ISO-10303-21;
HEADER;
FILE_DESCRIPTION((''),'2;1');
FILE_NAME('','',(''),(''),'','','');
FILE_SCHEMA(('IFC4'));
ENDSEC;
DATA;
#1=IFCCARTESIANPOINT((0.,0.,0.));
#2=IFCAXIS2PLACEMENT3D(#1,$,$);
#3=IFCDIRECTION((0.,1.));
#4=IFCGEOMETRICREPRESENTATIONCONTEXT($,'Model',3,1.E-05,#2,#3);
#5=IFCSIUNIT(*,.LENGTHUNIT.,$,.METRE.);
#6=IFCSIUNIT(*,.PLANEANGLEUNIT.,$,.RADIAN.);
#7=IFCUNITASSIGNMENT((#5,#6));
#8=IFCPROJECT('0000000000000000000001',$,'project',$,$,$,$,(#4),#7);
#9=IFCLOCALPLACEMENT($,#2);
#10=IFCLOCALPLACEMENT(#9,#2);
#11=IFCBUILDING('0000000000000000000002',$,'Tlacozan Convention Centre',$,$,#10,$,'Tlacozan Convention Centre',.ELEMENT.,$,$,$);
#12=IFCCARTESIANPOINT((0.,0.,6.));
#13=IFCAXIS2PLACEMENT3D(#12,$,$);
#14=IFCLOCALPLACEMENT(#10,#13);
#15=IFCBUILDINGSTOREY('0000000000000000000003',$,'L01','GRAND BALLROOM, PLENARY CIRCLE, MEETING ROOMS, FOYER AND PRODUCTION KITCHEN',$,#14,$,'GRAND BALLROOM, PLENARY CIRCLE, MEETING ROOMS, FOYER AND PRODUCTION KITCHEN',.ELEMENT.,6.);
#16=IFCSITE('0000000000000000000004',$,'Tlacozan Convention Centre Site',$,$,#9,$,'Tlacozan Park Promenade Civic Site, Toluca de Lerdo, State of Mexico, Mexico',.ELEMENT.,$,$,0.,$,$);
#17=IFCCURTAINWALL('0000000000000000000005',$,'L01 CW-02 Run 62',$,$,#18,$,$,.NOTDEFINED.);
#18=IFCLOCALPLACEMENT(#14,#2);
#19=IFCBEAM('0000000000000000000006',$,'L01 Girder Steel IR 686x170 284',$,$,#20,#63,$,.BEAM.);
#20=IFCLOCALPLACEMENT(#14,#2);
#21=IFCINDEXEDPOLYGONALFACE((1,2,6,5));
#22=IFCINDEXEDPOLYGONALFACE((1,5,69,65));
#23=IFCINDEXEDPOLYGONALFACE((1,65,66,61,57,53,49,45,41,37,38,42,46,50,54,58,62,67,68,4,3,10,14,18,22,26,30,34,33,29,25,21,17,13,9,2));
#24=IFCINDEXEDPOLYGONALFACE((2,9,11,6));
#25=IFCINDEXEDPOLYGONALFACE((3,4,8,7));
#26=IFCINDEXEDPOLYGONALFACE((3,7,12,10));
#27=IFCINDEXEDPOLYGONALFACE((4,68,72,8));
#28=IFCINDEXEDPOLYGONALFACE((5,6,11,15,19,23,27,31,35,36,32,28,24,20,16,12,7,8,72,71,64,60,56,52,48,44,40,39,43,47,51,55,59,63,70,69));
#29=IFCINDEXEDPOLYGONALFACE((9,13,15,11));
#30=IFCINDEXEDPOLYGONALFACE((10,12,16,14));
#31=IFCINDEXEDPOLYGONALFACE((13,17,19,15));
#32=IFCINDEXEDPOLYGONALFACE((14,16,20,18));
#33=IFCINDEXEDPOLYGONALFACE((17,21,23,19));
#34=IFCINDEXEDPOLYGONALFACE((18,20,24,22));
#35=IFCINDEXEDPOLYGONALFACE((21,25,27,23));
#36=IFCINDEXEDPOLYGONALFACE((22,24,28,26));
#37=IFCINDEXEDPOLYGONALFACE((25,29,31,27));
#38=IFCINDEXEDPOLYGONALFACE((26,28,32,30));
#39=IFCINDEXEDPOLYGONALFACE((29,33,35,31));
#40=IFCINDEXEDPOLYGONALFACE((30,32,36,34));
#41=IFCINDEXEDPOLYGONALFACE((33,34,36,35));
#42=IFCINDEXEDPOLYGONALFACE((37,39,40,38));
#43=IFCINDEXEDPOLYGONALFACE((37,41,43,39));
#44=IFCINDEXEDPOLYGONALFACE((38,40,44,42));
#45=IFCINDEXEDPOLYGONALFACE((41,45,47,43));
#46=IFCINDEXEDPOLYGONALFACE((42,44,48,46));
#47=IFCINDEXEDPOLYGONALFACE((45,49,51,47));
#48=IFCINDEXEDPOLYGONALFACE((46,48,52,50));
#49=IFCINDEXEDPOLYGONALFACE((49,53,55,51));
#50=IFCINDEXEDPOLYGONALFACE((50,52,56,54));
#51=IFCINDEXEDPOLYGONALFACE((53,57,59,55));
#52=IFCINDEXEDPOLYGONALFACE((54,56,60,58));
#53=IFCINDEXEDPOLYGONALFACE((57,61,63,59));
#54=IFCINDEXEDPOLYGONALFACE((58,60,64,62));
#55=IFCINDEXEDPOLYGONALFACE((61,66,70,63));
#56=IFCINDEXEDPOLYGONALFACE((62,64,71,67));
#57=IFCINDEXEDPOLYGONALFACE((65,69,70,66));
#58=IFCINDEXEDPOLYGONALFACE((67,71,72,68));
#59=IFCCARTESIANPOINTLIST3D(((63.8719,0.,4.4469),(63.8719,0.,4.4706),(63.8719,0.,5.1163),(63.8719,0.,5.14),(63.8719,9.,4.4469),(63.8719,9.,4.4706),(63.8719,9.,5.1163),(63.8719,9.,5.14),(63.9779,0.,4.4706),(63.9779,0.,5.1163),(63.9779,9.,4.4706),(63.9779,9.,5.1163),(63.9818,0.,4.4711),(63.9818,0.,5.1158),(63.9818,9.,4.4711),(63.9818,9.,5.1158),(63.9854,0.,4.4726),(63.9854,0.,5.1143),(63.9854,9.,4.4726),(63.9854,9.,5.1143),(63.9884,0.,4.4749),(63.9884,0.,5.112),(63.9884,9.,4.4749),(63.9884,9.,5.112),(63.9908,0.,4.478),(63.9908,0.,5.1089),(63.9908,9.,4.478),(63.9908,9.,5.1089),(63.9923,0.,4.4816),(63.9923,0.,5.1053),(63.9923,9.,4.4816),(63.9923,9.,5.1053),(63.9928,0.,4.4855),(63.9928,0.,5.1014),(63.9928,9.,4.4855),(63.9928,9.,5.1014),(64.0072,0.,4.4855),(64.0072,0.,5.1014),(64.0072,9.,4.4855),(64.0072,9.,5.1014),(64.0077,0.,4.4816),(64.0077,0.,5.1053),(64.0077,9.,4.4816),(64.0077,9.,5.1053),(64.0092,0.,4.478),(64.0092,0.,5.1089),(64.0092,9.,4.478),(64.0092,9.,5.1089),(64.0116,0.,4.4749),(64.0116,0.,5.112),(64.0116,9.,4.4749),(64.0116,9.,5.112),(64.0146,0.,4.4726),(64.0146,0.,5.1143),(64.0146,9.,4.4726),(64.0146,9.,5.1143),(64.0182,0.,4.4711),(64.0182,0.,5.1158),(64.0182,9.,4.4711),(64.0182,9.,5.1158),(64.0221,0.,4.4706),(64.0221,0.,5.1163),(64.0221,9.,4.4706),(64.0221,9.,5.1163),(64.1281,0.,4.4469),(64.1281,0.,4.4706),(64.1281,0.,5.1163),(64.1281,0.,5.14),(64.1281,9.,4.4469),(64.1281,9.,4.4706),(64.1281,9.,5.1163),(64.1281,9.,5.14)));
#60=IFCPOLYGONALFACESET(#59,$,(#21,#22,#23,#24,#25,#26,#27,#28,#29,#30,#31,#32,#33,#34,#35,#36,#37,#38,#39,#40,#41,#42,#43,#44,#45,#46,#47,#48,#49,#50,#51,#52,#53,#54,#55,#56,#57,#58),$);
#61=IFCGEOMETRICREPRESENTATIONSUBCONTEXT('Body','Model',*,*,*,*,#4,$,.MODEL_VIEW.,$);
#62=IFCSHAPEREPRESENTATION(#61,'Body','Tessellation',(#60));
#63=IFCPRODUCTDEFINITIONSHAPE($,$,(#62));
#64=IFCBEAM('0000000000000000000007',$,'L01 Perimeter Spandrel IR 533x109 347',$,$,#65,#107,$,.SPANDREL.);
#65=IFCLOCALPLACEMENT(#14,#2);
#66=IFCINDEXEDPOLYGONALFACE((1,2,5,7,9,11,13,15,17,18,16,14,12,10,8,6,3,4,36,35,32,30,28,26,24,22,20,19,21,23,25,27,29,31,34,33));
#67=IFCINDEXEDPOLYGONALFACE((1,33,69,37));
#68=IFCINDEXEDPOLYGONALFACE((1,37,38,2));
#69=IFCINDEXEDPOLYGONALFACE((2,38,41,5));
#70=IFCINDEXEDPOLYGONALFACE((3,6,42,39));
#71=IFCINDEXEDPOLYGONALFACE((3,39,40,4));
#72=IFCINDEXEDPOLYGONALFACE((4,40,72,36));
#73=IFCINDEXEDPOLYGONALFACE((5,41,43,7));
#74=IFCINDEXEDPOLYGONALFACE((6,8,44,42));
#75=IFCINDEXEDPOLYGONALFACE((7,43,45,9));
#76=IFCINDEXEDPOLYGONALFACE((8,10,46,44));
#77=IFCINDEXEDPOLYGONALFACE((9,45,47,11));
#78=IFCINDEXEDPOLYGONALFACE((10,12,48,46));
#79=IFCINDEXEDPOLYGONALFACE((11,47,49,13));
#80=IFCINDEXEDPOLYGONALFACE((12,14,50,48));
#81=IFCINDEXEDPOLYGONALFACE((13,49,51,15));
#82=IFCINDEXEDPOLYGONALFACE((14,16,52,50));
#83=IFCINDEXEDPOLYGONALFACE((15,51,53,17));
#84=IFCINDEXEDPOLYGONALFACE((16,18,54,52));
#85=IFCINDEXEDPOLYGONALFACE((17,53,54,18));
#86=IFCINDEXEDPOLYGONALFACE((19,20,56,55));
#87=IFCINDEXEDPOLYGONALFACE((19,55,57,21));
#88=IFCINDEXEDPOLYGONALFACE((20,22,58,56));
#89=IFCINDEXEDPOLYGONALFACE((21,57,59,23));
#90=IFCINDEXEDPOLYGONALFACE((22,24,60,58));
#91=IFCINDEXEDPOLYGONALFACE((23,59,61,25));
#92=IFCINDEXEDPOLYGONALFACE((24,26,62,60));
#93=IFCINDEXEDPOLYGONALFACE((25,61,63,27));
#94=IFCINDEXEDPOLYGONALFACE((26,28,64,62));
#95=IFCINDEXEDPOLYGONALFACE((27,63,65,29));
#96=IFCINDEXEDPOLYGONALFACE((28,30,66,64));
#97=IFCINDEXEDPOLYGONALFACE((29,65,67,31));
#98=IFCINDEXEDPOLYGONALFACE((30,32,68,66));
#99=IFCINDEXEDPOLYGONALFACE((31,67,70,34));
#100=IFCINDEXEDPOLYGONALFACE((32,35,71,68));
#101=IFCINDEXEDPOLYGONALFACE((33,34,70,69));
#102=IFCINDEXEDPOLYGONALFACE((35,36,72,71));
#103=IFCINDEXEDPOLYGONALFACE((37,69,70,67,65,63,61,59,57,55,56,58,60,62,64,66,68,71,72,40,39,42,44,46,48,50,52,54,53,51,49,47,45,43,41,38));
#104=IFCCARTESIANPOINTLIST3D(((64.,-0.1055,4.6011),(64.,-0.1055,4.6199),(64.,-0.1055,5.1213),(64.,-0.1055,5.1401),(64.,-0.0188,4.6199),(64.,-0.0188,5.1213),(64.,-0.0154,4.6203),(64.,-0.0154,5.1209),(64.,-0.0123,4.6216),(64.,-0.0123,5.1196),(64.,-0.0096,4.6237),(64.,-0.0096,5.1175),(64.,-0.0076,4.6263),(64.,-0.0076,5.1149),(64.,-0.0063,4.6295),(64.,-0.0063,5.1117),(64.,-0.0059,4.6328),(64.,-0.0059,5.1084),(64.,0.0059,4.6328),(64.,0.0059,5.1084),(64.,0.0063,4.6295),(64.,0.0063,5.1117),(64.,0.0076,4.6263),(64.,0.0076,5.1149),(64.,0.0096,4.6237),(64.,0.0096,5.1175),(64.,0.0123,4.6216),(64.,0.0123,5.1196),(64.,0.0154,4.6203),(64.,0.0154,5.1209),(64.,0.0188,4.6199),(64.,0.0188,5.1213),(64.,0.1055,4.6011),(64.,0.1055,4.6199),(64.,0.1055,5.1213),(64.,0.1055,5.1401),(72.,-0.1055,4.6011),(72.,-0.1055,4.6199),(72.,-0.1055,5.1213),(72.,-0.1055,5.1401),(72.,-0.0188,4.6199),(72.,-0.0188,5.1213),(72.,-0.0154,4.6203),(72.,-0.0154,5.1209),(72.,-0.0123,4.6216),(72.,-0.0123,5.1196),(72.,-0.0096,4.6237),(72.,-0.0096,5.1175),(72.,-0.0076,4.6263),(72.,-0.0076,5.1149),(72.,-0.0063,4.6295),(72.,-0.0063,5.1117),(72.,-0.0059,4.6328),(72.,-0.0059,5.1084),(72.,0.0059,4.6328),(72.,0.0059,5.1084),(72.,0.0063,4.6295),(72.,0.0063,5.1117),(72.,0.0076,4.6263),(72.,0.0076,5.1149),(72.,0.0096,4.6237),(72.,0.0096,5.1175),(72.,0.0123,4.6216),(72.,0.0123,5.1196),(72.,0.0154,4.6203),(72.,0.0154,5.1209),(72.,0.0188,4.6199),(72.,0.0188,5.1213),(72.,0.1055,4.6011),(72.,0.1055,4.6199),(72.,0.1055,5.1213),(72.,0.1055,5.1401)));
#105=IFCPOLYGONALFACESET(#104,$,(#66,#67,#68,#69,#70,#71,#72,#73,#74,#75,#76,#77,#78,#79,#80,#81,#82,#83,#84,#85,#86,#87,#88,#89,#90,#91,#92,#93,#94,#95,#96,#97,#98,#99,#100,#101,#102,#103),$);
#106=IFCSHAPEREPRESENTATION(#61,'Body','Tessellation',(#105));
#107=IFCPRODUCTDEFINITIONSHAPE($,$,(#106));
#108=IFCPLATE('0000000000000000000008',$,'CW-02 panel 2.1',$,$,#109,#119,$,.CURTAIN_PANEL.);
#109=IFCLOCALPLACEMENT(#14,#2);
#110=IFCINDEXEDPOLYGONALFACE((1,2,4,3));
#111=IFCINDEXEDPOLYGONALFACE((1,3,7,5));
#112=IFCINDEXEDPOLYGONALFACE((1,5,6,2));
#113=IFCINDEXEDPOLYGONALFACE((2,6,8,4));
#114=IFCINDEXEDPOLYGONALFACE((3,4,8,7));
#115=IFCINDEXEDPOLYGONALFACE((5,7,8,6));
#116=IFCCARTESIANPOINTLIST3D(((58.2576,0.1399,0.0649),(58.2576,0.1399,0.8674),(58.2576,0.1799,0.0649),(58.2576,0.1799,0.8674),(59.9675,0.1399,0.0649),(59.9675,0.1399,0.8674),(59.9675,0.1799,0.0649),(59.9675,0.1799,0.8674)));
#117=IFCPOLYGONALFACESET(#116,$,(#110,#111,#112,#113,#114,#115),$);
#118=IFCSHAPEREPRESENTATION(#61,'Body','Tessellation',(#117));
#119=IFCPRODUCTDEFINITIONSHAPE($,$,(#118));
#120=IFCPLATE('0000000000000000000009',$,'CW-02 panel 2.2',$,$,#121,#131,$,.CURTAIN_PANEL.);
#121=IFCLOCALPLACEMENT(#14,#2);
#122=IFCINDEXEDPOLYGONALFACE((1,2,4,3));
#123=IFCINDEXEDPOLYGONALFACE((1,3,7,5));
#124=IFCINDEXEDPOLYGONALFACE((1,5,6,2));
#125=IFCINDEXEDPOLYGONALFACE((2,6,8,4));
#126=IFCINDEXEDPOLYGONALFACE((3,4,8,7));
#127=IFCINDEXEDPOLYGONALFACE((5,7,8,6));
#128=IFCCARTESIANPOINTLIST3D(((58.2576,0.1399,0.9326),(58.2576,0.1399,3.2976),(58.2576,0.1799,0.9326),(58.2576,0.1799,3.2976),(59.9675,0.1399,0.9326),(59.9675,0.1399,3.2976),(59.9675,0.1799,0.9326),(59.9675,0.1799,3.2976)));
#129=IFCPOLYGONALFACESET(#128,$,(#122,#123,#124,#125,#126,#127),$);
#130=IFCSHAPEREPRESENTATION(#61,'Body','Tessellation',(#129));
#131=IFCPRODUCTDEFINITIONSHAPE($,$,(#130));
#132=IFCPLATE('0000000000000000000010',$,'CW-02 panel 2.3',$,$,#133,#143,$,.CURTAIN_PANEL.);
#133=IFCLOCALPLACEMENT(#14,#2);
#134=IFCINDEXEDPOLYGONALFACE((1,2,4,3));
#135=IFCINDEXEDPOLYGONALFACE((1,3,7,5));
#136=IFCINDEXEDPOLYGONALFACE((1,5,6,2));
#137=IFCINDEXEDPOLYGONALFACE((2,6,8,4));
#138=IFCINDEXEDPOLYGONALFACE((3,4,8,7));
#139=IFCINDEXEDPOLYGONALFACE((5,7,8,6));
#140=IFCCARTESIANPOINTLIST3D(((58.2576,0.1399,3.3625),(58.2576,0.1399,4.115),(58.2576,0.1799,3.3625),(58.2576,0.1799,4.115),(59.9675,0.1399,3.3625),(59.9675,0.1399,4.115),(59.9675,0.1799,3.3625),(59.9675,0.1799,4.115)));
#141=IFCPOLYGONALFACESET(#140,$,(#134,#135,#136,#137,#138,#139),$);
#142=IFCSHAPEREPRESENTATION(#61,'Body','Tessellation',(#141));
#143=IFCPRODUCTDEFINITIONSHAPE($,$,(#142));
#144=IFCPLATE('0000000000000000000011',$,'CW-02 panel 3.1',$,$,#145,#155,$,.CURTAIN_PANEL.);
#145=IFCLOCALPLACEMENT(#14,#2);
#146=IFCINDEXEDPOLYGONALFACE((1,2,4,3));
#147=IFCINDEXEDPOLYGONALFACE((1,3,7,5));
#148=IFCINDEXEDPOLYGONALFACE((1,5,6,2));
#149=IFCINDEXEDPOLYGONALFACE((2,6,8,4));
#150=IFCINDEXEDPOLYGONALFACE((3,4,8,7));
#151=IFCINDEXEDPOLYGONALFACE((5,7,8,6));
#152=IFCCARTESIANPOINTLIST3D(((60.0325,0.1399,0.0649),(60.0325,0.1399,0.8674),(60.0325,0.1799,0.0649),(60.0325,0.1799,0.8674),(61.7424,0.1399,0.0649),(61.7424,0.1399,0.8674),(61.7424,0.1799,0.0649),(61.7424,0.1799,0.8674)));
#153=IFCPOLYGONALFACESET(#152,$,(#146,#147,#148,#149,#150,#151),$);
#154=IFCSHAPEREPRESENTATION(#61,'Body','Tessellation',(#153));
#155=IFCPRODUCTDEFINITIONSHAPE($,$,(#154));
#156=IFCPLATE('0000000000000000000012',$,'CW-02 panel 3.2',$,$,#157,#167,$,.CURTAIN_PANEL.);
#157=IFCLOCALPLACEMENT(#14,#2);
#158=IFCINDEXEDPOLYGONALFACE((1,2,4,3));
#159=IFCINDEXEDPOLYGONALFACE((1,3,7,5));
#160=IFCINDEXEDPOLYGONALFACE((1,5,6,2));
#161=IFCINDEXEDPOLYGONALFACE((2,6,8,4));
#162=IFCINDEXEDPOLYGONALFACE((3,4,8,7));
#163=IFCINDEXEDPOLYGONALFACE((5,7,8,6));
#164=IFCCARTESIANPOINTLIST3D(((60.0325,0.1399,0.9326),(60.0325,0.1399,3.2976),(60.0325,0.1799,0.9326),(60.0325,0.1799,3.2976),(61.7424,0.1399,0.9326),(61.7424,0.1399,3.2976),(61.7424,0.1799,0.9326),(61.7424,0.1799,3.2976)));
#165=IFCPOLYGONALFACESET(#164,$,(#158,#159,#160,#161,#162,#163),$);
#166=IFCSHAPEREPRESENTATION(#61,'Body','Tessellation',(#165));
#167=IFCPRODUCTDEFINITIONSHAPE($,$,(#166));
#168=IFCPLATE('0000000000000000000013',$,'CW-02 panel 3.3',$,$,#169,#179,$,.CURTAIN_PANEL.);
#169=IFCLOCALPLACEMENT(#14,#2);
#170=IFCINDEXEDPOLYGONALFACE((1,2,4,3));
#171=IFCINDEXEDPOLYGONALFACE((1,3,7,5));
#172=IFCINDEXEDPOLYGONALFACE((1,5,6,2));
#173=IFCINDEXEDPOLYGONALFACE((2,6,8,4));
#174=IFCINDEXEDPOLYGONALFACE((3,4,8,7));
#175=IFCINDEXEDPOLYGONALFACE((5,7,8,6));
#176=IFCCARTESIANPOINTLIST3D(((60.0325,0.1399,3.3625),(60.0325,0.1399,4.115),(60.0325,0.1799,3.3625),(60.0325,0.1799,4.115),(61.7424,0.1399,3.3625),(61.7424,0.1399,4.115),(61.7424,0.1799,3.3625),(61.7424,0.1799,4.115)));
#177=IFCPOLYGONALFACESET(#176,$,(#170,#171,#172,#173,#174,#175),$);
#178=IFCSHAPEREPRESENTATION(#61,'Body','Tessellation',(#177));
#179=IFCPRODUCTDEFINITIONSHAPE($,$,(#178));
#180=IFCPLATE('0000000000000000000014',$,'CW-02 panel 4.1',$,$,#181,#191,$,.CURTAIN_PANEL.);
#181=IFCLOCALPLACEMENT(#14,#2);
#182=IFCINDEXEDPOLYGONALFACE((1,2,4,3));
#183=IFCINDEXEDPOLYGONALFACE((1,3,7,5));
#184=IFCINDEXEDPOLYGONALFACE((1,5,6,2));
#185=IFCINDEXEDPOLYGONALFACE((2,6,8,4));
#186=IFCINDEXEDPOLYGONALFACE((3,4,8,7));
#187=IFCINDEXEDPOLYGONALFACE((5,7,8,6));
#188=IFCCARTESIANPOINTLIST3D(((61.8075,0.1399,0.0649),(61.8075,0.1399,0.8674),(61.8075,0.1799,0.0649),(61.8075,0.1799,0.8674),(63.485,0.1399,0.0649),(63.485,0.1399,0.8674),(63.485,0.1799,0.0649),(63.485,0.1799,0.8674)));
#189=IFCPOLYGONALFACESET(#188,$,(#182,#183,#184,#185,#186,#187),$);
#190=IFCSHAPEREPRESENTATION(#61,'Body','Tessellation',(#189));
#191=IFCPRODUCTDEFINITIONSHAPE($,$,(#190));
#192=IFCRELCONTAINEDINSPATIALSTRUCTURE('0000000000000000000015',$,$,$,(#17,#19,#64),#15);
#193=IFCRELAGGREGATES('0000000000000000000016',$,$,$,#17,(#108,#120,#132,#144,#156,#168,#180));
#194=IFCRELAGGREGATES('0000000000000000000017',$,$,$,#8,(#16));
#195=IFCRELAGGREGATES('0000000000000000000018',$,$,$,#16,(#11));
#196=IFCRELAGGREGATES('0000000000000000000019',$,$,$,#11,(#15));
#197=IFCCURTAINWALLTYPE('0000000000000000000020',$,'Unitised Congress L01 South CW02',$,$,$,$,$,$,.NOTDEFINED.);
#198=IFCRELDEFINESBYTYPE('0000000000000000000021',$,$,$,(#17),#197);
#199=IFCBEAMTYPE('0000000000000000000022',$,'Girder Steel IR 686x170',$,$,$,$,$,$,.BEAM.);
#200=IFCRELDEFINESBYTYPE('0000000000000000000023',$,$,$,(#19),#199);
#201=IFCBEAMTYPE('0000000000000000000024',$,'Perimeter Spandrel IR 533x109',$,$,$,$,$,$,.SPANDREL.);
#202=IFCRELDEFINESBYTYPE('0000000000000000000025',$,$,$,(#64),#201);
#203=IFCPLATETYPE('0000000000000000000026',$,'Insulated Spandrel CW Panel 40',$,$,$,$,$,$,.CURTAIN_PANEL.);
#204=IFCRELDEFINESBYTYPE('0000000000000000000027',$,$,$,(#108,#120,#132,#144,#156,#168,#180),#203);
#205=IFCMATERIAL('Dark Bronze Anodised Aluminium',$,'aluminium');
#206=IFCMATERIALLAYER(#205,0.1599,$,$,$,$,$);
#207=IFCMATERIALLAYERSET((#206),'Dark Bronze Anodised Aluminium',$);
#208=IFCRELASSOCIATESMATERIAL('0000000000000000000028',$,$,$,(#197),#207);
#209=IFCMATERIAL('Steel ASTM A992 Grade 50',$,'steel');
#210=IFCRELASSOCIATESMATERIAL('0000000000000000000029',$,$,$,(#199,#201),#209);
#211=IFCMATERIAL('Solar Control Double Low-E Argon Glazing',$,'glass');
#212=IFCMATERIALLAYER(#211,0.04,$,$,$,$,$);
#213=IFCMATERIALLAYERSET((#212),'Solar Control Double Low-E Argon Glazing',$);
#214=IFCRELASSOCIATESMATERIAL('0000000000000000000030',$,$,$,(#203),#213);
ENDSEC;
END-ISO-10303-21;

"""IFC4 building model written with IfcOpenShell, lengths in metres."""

from ifc_helpers import new_model, si_unit, direction, frame, origin, origin_2d, place, context, subcontext, project, spatial, rectangle, i_section, extrude, material, layer, layer_set, material_profile, profile_set, type_object, element, aggregate, save


model = new_model("IFC4")

# Units and contexts
model_context = context("Model", 3, precision=1e-05, world=origin(), true_north=direction((0.0, 1.0)))
body_context = subcontext(model_context, "Body", "Model", "MODEL_VIEW")
ifc_project = project(units=[si_unit("LENGTHUNIT", "METRE"), si_unit("PLANEANGLEUNIT", "RADIAN")], contexts=[model_context])

# Site, building, storey
site_placement = place(None, origin())
site = spatial("IfcSite", under=ifc_project, at=site_placement, Name="Tlacozan Convention Centre Site", LongName="Tlacozan Park Promenade Civic Site, Toluca de Lerdo, State of Mexico, Mexico", CompositionType="ELEMENT", RefElevation=0.0)
building_placement = place(site_placement, origin())
building = spatial("IfcBuilding", under=site, at=building_placement, Name="Tlacozan Convention Centre", LongName="Tlacozan Convention Centre", CompositionType="ELEMENT")
storey_placement = place(building_placement, frame((0.0, 0.0, 6.0)))
storey = spatial("IfcBuildingStorey", under=building, at=storey_placement, Name="L01", Description="GRAND BALLROOM, PLENARY CIRCLE, MEETING ROOMS, FOYER AND PRODUCTION KITCHEN", LongName="GRAND BALLROOM, PLENARY CIRCLE, MEETING ROOMS, FOYER AND PRODUCTION KITCHEN", CompositionType="ELEMENT", Elevation=6.0)

# Curtain wall
ifc_material_1 = material(Name="Dark Bronze Anodised Aluminium", Category="aluminium")
ifc_layer_1 = layer(ifc_material_1, 0.1599)
ifc_layer_set_1 = layer_set([ifc_layer_1], Name="Dark Bronze Anodised Aluminium")
curtain_wall_type = type_object("IfcCurtainWallType", Name="Unitised Congress L01 South CW02", PredefinedType="NOTDEFINED", material=ifc_layer_set_1)
curtain_wall_placement = place(storey_placement, origin())
curtain_wall = element("IfcCurtainWall", 1, at=curtain_wall_placement, inside=storey, type_object=curtain_wall_type, Name="L01 CW-02 Run 62", PredefinedType="NOTDEFINED")

# Beams
ifc_material_2 = material(Name="Steel ASTM A992 Grade 50", Category="steel")
ifc_material_profile_1 = material_profile(ifc_material_2, i_section(OverallWidth=0.2561, OverallDepth=0.6931, WebThickness=0.0144, FlangeThickness=0.0237, FilletRadius=0.0149, at=origin_2d()), Name="IR 686x170.0")
ifc_profile_set_1 = profile_set([ifc_material_profile_1], Name="Steel ASTM A992 Grade 50")
beam_type_1 = type_object("IfcBeamType", Name="Girder Steel IR 686x170", PredefinedType="BEAM", material=ifc_profile_set_1)
beam_1_placement = place(storey_placement, frame((64.0, 0.0, 4.7935), z_axis=(0.0, 1.0, 0.0), x_axis=(-1.0, 0.0, 0.0)))
element("IfcBeam", 2, at=beam_1_placement, inside=storey, type_object=beam_type_1, Name="L01 Girder Steel IR 686x170 284", PredefinedType="BEAM", context=body_context, shape_type="SweptSolid", body=[
    extrude(i_section(OverallWidth=0.2561, OverallDepth=0.6931, WebThickness=0.0144, FlangeThickness=0.0237, FilletRadius=0.0149, at=origin_2d()), origin(), (0.0, 0.0, 1.0), 9.0),
])
ifc_material_profile_2 = material_profile(ifc_material_2, i_section(OverallWidth=0.2109, OverallDepth=0.5391, WebThickness=0.0117, FlangeThickness=0.0188, FilletRadius=0.0129, at=origin_2d()), Name="IR 533x109.0")
ifc_profile_set_2 = profile_set([ifc_material_profile_2], Name="Steel ASTM A992 Grade 50")
beam_type_2 = type_object("IfcBeamType", Name="Perimeter Spandrel IR 533x109", PredefinedType="SPANDREL", material=ifc_profile_set_2)
beam_2_placement = place(storey_placement, frame((64.0, 0.0, 4.8706), z_axis=(1.0, 0.0, 0.0), x_axis=(0.0, 1.0, 0.0)))
element("IfcBeam", 3, at=beam_2_placement, inside=storey, type_object=beam_type_2, Name="L01 Perimeter Spandrel IR 533x109 347", PredefinedType="SPANDREL", context=body_context, shape_type="SweptSolid", body=[
    extrude(i_section(OverallWidth=0.2109, OverallDepth=0.5391, WebThickness=0.0117, FlangeThickness=0.0188, FilletRadius=0.0129, at=origin_2d()), origin(), (0.0, 0.0, 1.0), 8.0),
])

# Plates
ifc_material_3 = material(Name="Solar Control Double Low-E Argon Glazing", Category="glass")
ifc_layer_2 = layer(ifc_material_3, 0.04)
ifc_layer_set_2 = layer_set([ifc_layer_2], Name="Solar Control Double Low-E Argon Glazing")
plate_type = type_object("IfcPlateType", Name="Insulated Spandrel CW Panel 40", PredefinedType="CURTAIN_PANEL", material=ifc_layer_set_2)
plate_1_placement = place(storey_placement, frame((59.1125, 0.1599, 0.0649), z_axis=(0.0, 0.0, 1.0), x_axis=(1.0, 0.0, 0.0)))
plate_1 = element("IfcPlate", 4, at=plate_1_placement, type_object=plate_type, Name="CW-02 panel 2.1", PredefinedType="CURTAIN_PANEL", context=body_context, shape_type="SweptSolid", body=[
    extrude(rectangle(XDim=1.71, YDim=0.04, at=origin_2d()), origin(), (0.0, 0.0, 1.0), 0.8025),
])
plate_2_placement = place(storey_placement, frame((59.1125, 0.1599, 0.9326), z_axis=(0.0, 0.0, 1.0), x_axis=(1.0, 0.0, 0.0)))
plate_2 = element("IfcPlate", 5, at=plate_2_placement, type_object=plate_type, Name="CW-02 panel 2.2", PredefinedType="CURTAIN_PANEL", context=body_context, shape_type="SweptSolid", body=[
    extrude(rectangle(XDim=1.71, YDim=0.04, at=origin_2d()), origin(), (0.0, 0.0, 1.0), 2.365),
])
plate_3_placement = place(storey_placement, frame((59.1125, 0.1599, 3.3625), z_axis=(0.0, 0.0, 1.0), x_axis=(1.0, 0.0, 0.0)))
plate_3 = element("IfcPlate", 6, at=plate_3_placement, type_object=plate_type, Name="CW-02 panel 2.3", PredefinedType="CURTAIN_PANEL", context=body_context, shape_type="SweptSolid", body=[
    extrude(rectangle(XDim=1.71, YDim=0.04, at=origin_2d()), origin(), (0.0, 0.0, 1.0), 0.7524),
])
plate_4_placement = place(storey_placement, frame((60.8875, 0.1599, 0.0649), z_axis=(0.0, 0.0, 1.0), x_axis=(1.0, 0.0, 0.0)))
plate_4 = element("IfcPlate", 7, at=plate_4_placement, type_object=plate_type, Name="CW-02 panel 3.1", PredefinedType="CURTAIN_PANEL", context=body_context, shape_type="SweptSolid", body=[
    extrude(rectangle(XDim=1.71, YDim=0.04, at=origin_2d()), origin(), (0.0, 0.0, 1.0), 0.8025),
])
plate_5_placement = place(storey_placement, frame((60.8875, 0.1599, 0.9326), z_axis=(0.0, 0.0, 1.0), x_axis=(1.0, 0.0, 0.0)))
plate_5 = element("IfcPlate", 8, at=plate_5_placement, type_object=plate_type, Name="CW-02 panel 3.2", PredefinedType="CURTAIN_PANEL", context=body_context, shape_type="SweptSolid", body=[
    extrude(rectangle(XDim=1.71, YDim=0.04, at=origin_2d()), origin(), (0.0, 0.0, 1.0), 2.365),
])
plate_6_placement = place(storey_placement, frame((60.8875, 0.1599, 3.3625), z_axis=(0.0, 0.0, 1.0), x_axis=(1.0, 0.0, 0.0)))
plate_6 = element("IfcPlate", 9, at=plate_6_placement, type_object=plate_type, Name="CW-02 panel 3.3", PredefinedType="CURTAIN_PANEL", context=body_context, shape_type="SweptSolid", body=[
    extrude(rectangle(XDim=1.71, YDim=0.04, at=origin_2d()), origin(), (0.0, 0.0, 1.0), 0.7524),
])
plate_7_placement = place(storey_placement, frame((62.6462, 0.1599, 0.0649), z_axis=(0.0, 0.0, 1.0), x_axis=(1.0, 0.0, 0.0)))
plate_7 = element("IfcPlate", 10, at=plate_7_placement, type_object=plate_type, Name="CW-02 panel 4.1", PredefinedType="CURTAIN_PANEL", context=body_context, shape_type="SweptSolid", body=[
    extrude(rectangle(XDim=1.6775, YDim=0.04, at=origin_2d()), origin(), (0.0, 0.0, 1.0), 0.8025),
])
aggregate(curtain_wall, [plate_1, plate_2, plate_3, plate_4, plate_5, plate_6, plate_7])

save(model, "model.ifc")
